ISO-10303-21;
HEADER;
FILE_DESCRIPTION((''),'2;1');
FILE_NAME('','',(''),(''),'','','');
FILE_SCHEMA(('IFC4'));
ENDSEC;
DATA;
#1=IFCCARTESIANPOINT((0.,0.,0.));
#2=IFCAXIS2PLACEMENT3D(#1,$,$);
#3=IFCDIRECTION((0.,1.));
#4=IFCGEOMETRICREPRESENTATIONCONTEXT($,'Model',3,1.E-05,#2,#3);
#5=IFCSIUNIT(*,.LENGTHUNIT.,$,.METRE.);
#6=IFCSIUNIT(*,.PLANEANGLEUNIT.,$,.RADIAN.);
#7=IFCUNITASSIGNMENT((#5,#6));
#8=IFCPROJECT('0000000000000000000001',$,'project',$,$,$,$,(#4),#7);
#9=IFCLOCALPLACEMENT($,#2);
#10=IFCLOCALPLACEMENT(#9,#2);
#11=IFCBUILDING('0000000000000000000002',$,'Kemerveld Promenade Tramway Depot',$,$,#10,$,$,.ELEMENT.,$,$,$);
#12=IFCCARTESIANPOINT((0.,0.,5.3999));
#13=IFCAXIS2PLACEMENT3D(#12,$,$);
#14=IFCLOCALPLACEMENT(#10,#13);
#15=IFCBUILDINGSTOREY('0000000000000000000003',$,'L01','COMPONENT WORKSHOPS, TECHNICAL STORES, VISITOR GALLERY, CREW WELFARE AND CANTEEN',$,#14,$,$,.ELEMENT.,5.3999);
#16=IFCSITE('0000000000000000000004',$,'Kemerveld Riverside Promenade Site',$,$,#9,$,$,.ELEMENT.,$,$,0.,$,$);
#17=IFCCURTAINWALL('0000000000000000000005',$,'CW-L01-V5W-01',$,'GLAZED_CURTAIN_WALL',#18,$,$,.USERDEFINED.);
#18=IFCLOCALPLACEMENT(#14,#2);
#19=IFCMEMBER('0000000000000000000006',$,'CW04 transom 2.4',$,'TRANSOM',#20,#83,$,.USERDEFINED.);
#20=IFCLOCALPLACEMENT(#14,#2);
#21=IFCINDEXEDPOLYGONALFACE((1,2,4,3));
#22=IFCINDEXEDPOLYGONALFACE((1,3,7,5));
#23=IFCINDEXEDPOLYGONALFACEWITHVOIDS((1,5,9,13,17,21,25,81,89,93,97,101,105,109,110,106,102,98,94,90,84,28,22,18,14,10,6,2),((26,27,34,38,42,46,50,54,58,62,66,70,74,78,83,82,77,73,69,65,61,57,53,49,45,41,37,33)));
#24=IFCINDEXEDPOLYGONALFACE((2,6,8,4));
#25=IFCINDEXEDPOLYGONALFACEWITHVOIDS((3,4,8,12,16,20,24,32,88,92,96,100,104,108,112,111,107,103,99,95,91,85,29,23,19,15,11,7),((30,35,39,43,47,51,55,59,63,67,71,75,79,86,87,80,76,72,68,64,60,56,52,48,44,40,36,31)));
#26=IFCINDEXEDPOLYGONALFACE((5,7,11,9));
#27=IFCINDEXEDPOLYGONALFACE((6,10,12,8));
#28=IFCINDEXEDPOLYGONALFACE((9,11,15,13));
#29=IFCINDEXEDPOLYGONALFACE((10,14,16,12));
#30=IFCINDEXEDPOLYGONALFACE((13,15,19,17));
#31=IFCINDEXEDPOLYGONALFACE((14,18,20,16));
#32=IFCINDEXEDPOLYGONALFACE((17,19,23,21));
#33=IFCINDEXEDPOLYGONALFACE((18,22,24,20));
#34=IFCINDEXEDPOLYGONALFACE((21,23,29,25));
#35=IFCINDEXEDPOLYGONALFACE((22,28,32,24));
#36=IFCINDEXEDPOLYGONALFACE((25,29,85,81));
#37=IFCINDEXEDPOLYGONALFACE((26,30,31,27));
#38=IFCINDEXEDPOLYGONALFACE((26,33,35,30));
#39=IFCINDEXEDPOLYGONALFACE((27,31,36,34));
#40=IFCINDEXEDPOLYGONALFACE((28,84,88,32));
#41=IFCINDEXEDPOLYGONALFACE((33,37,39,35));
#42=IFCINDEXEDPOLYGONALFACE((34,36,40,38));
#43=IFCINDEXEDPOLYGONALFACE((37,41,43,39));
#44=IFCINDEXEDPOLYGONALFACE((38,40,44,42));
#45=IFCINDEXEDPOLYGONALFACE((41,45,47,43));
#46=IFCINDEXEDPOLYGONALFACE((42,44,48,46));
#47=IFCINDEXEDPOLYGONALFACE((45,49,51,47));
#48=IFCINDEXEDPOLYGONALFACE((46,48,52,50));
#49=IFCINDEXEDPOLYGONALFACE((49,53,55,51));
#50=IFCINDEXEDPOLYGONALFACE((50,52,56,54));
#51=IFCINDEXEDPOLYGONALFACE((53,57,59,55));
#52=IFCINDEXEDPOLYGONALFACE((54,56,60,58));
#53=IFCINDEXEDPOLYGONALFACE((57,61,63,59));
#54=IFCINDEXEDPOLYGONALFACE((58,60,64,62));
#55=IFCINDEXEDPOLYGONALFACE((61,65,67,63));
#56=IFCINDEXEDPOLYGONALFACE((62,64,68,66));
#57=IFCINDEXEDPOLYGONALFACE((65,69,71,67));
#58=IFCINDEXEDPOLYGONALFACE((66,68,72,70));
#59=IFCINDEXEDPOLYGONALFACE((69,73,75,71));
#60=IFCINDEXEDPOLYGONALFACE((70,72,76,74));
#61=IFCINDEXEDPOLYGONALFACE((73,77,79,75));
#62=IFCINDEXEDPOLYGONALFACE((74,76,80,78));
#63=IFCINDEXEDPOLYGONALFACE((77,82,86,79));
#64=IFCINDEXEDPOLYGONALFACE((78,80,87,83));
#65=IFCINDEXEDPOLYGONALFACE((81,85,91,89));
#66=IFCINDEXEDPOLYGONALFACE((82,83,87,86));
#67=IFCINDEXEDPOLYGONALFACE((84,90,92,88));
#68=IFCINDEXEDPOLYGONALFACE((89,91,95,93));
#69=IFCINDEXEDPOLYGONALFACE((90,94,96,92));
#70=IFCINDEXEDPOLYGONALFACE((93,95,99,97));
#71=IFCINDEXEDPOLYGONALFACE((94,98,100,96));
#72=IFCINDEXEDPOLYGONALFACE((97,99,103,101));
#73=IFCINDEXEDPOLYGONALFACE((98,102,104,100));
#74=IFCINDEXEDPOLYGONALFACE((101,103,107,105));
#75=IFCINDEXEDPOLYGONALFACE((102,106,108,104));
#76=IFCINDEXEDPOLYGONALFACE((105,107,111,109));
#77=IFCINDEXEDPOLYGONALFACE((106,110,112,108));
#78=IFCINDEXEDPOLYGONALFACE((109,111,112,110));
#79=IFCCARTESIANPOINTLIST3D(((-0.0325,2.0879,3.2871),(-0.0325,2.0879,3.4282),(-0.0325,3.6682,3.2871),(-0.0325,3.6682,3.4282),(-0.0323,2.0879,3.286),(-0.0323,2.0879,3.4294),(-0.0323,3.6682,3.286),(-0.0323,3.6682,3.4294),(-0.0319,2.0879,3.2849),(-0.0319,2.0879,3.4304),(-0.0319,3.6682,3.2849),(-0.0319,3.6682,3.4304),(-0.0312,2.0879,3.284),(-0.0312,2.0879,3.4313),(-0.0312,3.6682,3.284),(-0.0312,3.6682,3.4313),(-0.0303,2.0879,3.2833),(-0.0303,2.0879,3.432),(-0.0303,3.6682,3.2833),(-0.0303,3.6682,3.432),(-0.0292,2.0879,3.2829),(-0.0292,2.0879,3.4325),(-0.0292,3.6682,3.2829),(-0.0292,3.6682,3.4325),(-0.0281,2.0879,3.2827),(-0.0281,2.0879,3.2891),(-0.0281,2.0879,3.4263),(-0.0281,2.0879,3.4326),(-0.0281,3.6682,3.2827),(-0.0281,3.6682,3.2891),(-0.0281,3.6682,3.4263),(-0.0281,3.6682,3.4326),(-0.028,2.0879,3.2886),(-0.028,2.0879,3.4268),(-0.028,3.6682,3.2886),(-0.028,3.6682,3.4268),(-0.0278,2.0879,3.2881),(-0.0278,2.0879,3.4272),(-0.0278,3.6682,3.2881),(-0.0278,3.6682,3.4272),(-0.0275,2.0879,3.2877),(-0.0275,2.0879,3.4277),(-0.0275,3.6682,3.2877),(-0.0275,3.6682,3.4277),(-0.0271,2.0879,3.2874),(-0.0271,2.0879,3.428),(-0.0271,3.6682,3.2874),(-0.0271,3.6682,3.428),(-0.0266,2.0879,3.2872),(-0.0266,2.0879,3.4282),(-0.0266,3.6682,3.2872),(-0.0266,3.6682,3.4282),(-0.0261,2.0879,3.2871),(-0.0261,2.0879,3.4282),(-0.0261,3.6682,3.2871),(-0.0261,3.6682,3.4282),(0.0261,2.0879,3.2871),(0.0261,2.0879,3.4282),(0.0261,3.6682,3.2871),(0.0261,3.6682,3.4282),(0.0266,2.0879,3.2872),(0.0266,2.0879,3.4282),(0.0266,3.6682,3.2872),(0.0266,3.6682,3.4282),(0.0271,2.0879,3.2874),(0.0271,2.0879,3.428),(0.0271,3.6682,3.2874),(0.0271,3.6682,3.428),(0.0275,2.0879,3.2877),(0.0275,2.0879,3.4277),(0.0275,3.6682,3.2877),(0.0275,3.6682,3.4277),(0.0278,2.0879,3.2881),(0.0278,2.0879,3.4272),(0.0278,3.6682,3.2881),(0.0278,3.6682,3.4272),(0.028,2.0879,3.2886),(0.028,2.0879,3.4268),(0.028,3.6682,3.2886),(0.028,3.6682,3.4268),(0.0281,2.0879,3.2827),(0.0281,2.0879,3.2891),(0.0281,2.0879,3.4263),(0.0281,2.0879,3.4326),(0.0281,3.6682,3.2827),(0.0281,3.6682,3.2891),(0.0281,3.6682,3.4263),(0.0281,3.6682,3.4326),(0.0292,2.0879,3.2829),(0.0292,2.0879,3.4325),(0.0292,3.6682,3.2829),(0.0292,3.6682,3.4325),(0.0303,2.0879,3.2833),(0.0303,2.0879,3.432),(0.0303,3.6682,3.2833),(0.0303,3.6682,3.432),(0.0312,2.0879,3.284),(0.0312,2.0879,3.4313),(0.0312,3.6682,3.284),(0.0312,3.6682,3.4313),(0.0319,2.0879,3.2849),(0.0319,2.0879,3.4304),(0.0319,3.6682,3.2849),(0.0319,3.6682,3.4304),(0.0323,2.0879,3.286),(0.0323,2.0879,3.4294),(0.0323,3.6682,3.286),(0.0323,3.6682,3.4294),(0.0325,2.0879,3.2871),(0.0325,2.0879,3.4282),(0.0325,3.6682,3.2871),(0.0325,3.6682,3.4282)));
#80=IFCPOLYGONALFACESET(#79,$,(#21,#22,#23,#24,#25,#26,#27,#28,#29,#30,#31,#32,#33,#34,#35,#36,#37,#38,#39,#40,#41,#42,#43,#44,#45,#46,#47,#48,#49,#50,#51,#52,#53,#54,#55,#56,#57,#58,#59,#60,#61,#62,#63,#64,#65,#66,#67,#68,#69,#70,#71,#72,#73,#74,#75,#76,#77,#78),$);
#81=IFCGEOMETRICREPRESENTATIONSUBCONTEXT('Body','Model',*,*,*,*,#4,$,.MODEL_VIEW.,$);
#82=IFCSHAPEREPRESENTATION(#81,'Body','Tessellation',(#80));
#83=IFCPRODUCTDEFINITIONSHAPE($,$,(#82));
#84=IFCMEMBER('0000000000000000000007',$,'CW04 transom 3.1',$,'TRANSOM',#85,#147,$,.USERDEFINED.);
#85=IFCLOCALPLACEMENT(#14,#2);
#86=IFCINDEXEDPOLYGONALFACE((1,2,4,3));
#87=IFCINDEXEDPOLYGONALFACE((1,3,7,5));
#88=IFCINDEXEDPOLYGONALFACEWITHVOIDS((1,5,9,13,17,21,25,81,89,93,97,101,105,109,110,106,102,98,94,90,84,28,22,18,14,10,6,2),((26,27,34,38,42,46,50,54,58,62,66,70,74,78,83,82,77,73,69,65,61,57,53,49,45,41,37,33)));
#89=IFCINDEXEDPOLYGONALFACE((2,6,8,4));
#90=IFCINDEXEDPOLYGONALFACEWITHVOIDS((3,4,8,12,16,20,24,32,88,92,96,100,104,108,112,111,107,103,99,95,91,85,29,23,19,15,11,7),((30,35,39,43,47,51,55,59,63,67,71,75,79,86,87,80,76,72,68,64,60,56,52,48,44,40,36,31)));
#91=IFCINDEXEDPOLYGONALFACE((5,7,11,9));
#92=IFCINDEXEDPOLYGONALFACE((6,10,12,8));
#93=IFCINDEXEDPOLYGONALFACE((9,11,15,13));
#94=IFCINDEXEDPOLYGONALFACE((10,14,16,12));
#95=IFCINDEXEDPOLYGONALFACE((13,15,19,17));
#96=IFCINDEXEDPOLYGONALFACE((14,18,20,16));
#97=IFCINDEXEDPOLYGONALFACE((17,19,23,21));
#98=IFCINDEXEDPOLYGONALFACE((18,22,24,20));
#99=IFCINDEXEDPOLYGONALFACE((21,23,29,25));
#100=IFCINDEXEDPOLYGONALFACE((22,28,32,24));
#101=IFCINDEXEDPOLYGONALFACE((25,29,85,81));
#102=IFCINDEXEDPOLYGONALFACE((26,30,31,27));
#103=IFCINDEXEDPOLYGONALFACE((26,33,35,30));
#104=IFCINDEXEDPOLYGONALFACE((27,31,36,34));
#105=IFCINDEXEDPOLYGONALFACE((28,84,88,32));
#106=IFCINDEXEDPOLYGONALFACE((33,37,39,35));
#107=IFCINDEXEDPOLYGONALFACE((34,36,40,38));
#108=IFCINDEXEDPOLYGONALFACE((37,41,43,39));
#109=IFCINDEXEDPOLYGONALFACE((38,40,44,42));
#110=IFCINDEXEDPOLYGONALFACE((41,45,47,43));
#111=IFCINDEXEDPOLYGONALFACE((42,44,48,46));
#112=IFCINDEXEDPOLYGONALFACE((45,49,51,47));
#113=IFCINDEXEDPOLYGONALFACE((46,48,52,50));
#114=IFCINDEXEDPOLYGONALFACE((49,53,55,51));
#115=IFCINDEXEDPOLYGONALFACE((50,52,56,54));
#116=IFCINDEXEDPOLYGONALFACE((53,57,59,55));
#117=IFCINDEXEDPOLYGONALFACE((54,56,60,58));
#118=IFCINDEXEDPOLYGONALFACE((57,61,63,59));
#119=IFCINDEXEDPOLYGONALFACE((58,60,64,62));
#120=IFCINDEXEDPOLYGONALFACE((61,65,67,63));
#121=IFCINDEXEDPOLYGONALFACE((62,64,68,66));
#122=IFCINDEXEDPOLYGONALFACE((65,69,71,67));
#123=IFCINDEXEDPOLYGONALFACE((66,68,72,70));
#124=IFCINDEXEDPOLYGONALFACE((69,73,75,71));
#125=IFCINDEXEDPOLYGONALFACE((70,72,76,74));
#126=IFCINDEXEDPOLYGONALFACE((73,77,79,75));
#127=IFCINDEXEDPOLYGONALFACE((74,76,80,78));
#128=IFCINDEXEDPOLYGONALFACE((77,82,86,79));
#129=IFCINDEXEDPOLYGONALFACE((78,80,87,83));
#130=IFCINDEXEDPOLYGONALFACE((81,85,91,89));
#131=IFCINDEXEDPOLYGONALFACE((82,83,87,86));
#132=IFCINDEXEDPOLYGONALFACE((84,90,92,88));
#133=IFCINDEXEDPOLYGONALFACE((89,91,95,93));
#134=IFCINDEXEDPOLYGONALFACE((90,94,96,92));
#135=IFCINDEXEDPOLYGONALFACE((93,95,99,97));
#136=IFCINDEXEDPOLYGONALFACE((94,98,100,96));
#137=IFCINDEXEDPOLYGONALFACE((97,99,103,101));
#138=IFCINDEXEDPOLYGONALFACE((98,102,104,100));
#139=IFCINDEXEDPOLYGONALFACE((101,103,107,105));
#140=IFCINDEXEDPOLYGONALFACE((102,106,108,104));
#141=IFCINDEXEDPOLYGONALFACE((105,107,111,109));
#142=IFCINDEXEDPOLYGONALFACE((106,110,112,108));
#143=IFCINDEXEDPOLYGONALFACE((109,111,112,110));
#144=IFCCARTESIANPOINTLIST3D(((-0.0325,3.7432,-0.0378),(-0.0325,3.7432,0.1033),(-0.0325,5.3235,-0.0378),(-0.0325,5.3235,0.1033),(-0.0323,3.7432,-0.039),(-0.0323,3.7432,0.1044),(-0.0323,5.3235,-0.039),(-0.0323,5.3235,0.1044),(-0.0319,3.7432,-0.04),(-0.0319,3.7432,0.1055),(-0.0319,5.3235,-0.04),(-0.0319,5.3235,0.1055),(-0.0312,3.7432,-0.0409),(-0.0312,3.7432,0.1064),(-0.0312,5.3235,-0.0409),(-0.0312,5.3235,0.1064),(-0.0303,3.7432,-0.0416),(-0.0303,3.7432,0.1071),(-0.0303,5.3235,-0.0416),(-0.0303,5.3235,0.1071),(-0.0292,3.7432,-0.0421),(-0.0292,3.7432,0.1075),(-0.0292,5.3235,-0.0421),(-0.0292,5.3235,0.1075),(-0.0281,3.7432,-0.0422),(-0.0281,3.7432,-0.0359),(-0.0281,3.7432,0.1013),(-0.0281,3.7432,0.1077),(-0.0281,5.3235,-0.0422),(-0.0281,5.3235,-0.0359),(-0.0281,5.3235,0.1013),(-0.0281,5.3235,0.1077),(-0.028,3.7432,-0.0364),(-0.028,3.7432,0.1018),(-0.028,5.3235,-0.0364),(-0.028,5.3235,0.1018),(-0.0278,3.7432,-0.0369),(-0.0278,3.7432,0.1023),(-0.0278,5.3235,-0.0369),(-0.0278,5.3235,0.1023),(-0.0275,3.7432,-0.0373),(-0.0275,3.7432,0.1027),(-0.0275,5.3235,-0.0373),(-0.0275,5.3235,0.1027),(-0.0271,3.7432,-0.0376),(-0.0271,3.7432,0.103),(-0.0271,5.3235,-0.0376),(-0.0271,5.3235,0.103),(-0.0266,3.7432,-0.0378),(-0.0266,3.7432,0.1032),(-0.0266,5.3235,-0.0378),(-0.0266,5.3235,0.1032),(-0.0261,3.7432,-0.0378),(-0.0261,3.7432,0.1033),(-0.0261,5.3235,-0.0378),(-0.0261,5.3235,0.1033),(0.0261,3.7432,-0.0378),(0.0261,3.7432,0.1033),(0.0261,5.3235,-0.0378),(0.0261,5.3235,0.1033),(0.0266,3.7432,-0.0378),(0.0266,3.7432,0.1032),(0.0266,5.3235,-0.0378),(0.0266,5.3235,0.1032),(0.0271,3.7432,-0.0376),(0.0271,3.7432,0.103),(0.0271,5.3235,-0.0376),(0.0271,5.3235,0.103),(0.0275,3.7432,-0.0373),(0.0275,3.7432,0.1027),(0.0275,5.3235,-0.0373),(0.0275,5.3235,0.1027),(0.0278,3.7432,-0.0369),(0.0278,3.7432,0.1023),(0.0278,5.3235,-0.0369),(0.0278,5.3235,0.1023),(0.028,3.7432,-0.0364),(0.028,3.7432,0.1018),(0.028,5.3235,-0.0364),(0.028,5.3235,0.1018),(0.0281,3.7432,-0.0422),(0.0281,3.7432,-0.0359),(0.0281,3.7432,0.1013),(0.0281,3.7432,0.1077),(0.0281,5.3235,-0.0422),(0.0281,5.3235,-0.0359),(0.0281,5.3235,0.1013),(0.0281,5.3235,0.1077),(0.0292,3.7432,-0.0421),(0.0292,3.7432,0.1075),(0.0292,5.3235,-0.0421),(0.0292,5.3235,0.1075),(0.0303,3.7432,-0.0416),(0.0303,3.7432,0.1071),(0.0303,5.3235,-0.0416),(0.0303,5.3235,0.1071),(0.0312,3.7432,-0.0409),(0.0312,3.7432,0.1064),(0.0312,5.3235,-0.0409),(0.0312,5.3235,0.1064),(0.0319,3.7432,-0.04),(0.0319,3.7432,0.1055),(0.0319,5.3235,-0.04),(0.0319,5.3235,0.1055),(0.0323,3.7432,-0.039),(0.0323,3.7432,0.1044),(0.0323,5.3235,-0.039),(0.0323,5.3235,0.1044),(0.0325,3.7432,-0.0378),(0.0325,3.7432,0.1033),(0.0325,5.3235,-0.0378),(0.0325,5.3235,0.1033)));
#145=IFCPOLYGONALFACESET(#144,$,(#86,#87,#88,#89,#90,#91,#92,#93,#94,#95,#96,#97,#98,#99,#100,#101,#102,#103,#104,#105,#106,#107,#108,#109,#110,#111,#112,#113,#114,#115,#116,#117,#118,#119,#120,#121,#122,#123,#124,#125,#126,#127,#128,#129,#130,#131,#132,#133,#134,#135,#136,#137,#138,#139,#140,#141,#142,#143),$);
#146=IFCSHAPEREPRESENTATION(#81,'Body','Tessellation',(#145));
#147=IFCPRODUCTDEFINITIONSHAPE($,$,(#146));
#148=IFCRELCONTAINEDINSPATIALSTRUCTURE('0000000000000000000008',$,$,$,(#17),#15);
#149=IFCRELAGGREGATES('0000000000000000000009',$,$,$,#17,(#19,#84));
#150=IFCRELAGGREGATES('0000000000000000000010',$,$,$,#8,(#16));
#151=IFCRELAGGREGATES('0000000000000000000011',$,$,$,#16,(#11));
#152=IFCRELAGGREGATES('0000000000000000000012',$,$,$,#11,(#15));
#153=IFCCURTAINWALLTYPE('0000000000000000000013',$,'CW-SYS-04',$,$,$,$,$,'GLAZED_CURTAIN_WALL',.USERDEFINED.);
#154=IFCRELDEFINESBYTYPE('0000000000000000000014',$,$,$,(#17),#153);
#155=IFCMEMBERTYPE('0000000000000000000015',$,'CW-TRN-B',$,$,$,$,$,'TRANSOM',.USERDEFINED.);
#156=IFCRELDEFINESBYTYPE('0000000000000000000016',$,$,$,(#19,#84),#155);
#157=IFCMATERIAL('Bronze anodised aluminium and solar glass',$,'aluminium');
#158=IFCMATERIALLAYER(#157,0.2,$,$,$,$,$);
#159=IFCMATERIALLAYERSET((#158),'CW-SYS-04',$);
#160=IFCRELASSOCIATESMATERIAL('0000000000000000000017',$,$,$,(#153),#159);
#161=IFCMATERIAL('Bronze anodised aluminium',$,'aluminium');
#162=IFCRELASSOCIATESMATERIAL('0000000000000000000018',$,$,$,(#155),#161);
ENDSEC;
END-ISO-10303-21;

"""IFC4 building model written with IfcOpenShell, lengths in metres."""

from ifc_helpers import new_model, si_unit, direction, frame, origin, origin_2d, place, context, subcontext, project, spatial, hollow_rectangle, extrude, material, layer, layer_set, material_profile, profile_set, type_object, element, aggregate, save


model = new_model("IFC4")

# Units and contexts
model_context = context("Model", 3, precision=1e-05, world=origin(), true_north=direction((0.0, 1.0)))
body_context = subcontext(model_context, "Body", "Model", "MODEL_VIEW")
ifc_project = project(units=[si_unit("LENGTHUNIT", "METRE"), si_unit("PLANEANGLEUNIT", "RADIAN")], contexts=[model_context])

# Site, building, storey
site_placement = place(None, origin())
site = spatial("IfcSite", under=ifc_project, at=site_placement, Name="Kemerveld Riverside Promenade Site", CompositionType="ELEMENT", RefElevation=0.0)
building_placement = place(site_placement, origin())
building = spatial("IfcBuilding", under=site, at=building_placement, Name="Kemerveld Promenade Tramway Depot", CompositionType="ELEMENT")
storey_placement = place(building_placement, frame((0.0, 0.0, 5.3999)))
storey = spatial("IfcBuildingStorey", under=building, at=storey_placement, Name="L01", Description="COMPONENT WORKSHOPS, TECHNICAL STORES, VISITOR GALLERY, CREW WELFARE AND CANTEEN", CompositionType="ELEMENT", Elevation=5.3999)

# Curtain wall, members
ifc_material_1 = material(Name="Bronze anodised aluminium and solar glass", Category="aluminium")
ifc_layer_1 = layer(ifc_material_1, 0.2)
ifc_layer_set_1 = layer_set([ifc_layer_1], Name="CW-SYS-04")
curtain_wall_type = type_object("IfcCurtainWallType", Name="CW-SYS-04", ElementType="GLAZED_CURTAIN_WALL", PredefinedType="USERDEFINED", material=ifc_layer_set_1)
curtain_wall_placement = place(storey_placement, origin())
curtain_wall = element("IfcCurtainWall", 1, at=curtain_wall_placement, inside=storey, type_object=curtain_wall_type, Name="CW-L01-V5W-01", ObjectType="GLAZED_CURTAIN_WALL", PredefinedType="USERDEFINED")
ifc_material_2 = material(Name="Bronze anodised aluminium", Category="aluminium")
ifc_material_profile_1 = material_profile(ifc_material_2, hollow_rectangle(XDim=0.0649, YDim=0.1499, WallThickness=0.0044, InnerFilletRadius=0.002, OuterFilletRadius=0.0044, at=origin_2d()), Name="CW-TRN-150x65")
ifc_profile_set_1 = profile_set([ifc_material_profile_1], Name="Bronze anodised aluminium")
member_type_1 = type_object("IfcMemberType", Name="CW-TRN-B", ElementType="TRANSOM", PredefinedType="USERDEFINED", material=ifc_profile_set_1)
member_1_placement = place(storey_placement, frame((0.0, 2.0879, 3.3577), z_axis=(0.0, 1.0, 0.0), x_axis=(-1.0, 0.0, 0.0)))
member_1 = element("IfcMember", 2, at=member_1_placement, type_object=member_type_1, Name="CW04 transom 2.4", ObjectType="TRANSOM", PredefinedType="USERDEFINED", context=body_context, shape_type="SweptSolid", body=[
    extrude(hollow_rectangle(XDim=0.0649, YDim=0.1499, WallThickness=0.0044, InnerFilletRadius=0.002, OuterFilletRadius=0.0044, at=origin_2d()), origin(), (0.0, 0.0, 1.0), 1.5803),
])
member_2_placement = place(storey_placement, frame((0.0, 3.7432, 0.0327), z_axis=(0.0, 1.0, 0.0), x_axis=(-1.0, 0.0, 0.0)))
member_2 = element("IfcMember", 3, at=member_2_placement, type_object=member_type_1, Name="CW04 transom 3.1", ObjectType="TRANSOM", PredefinedType="USERDEFINED", context=body_context, shape_type="SweptSolid", body=[
    extrude(hollow_rectangle(XDim=0.0649, YDim=0.1499, WallThickness=0.0044, InnerFilletRadius=0.002, OuterFilletRadius=0.0044, at=origin_2d()), origin(), (0.0, 0.0, 1.0), 1.5803),
])
aggregate(curtain_wall, [member_1, member_2])

save(model, "model.ifc")
